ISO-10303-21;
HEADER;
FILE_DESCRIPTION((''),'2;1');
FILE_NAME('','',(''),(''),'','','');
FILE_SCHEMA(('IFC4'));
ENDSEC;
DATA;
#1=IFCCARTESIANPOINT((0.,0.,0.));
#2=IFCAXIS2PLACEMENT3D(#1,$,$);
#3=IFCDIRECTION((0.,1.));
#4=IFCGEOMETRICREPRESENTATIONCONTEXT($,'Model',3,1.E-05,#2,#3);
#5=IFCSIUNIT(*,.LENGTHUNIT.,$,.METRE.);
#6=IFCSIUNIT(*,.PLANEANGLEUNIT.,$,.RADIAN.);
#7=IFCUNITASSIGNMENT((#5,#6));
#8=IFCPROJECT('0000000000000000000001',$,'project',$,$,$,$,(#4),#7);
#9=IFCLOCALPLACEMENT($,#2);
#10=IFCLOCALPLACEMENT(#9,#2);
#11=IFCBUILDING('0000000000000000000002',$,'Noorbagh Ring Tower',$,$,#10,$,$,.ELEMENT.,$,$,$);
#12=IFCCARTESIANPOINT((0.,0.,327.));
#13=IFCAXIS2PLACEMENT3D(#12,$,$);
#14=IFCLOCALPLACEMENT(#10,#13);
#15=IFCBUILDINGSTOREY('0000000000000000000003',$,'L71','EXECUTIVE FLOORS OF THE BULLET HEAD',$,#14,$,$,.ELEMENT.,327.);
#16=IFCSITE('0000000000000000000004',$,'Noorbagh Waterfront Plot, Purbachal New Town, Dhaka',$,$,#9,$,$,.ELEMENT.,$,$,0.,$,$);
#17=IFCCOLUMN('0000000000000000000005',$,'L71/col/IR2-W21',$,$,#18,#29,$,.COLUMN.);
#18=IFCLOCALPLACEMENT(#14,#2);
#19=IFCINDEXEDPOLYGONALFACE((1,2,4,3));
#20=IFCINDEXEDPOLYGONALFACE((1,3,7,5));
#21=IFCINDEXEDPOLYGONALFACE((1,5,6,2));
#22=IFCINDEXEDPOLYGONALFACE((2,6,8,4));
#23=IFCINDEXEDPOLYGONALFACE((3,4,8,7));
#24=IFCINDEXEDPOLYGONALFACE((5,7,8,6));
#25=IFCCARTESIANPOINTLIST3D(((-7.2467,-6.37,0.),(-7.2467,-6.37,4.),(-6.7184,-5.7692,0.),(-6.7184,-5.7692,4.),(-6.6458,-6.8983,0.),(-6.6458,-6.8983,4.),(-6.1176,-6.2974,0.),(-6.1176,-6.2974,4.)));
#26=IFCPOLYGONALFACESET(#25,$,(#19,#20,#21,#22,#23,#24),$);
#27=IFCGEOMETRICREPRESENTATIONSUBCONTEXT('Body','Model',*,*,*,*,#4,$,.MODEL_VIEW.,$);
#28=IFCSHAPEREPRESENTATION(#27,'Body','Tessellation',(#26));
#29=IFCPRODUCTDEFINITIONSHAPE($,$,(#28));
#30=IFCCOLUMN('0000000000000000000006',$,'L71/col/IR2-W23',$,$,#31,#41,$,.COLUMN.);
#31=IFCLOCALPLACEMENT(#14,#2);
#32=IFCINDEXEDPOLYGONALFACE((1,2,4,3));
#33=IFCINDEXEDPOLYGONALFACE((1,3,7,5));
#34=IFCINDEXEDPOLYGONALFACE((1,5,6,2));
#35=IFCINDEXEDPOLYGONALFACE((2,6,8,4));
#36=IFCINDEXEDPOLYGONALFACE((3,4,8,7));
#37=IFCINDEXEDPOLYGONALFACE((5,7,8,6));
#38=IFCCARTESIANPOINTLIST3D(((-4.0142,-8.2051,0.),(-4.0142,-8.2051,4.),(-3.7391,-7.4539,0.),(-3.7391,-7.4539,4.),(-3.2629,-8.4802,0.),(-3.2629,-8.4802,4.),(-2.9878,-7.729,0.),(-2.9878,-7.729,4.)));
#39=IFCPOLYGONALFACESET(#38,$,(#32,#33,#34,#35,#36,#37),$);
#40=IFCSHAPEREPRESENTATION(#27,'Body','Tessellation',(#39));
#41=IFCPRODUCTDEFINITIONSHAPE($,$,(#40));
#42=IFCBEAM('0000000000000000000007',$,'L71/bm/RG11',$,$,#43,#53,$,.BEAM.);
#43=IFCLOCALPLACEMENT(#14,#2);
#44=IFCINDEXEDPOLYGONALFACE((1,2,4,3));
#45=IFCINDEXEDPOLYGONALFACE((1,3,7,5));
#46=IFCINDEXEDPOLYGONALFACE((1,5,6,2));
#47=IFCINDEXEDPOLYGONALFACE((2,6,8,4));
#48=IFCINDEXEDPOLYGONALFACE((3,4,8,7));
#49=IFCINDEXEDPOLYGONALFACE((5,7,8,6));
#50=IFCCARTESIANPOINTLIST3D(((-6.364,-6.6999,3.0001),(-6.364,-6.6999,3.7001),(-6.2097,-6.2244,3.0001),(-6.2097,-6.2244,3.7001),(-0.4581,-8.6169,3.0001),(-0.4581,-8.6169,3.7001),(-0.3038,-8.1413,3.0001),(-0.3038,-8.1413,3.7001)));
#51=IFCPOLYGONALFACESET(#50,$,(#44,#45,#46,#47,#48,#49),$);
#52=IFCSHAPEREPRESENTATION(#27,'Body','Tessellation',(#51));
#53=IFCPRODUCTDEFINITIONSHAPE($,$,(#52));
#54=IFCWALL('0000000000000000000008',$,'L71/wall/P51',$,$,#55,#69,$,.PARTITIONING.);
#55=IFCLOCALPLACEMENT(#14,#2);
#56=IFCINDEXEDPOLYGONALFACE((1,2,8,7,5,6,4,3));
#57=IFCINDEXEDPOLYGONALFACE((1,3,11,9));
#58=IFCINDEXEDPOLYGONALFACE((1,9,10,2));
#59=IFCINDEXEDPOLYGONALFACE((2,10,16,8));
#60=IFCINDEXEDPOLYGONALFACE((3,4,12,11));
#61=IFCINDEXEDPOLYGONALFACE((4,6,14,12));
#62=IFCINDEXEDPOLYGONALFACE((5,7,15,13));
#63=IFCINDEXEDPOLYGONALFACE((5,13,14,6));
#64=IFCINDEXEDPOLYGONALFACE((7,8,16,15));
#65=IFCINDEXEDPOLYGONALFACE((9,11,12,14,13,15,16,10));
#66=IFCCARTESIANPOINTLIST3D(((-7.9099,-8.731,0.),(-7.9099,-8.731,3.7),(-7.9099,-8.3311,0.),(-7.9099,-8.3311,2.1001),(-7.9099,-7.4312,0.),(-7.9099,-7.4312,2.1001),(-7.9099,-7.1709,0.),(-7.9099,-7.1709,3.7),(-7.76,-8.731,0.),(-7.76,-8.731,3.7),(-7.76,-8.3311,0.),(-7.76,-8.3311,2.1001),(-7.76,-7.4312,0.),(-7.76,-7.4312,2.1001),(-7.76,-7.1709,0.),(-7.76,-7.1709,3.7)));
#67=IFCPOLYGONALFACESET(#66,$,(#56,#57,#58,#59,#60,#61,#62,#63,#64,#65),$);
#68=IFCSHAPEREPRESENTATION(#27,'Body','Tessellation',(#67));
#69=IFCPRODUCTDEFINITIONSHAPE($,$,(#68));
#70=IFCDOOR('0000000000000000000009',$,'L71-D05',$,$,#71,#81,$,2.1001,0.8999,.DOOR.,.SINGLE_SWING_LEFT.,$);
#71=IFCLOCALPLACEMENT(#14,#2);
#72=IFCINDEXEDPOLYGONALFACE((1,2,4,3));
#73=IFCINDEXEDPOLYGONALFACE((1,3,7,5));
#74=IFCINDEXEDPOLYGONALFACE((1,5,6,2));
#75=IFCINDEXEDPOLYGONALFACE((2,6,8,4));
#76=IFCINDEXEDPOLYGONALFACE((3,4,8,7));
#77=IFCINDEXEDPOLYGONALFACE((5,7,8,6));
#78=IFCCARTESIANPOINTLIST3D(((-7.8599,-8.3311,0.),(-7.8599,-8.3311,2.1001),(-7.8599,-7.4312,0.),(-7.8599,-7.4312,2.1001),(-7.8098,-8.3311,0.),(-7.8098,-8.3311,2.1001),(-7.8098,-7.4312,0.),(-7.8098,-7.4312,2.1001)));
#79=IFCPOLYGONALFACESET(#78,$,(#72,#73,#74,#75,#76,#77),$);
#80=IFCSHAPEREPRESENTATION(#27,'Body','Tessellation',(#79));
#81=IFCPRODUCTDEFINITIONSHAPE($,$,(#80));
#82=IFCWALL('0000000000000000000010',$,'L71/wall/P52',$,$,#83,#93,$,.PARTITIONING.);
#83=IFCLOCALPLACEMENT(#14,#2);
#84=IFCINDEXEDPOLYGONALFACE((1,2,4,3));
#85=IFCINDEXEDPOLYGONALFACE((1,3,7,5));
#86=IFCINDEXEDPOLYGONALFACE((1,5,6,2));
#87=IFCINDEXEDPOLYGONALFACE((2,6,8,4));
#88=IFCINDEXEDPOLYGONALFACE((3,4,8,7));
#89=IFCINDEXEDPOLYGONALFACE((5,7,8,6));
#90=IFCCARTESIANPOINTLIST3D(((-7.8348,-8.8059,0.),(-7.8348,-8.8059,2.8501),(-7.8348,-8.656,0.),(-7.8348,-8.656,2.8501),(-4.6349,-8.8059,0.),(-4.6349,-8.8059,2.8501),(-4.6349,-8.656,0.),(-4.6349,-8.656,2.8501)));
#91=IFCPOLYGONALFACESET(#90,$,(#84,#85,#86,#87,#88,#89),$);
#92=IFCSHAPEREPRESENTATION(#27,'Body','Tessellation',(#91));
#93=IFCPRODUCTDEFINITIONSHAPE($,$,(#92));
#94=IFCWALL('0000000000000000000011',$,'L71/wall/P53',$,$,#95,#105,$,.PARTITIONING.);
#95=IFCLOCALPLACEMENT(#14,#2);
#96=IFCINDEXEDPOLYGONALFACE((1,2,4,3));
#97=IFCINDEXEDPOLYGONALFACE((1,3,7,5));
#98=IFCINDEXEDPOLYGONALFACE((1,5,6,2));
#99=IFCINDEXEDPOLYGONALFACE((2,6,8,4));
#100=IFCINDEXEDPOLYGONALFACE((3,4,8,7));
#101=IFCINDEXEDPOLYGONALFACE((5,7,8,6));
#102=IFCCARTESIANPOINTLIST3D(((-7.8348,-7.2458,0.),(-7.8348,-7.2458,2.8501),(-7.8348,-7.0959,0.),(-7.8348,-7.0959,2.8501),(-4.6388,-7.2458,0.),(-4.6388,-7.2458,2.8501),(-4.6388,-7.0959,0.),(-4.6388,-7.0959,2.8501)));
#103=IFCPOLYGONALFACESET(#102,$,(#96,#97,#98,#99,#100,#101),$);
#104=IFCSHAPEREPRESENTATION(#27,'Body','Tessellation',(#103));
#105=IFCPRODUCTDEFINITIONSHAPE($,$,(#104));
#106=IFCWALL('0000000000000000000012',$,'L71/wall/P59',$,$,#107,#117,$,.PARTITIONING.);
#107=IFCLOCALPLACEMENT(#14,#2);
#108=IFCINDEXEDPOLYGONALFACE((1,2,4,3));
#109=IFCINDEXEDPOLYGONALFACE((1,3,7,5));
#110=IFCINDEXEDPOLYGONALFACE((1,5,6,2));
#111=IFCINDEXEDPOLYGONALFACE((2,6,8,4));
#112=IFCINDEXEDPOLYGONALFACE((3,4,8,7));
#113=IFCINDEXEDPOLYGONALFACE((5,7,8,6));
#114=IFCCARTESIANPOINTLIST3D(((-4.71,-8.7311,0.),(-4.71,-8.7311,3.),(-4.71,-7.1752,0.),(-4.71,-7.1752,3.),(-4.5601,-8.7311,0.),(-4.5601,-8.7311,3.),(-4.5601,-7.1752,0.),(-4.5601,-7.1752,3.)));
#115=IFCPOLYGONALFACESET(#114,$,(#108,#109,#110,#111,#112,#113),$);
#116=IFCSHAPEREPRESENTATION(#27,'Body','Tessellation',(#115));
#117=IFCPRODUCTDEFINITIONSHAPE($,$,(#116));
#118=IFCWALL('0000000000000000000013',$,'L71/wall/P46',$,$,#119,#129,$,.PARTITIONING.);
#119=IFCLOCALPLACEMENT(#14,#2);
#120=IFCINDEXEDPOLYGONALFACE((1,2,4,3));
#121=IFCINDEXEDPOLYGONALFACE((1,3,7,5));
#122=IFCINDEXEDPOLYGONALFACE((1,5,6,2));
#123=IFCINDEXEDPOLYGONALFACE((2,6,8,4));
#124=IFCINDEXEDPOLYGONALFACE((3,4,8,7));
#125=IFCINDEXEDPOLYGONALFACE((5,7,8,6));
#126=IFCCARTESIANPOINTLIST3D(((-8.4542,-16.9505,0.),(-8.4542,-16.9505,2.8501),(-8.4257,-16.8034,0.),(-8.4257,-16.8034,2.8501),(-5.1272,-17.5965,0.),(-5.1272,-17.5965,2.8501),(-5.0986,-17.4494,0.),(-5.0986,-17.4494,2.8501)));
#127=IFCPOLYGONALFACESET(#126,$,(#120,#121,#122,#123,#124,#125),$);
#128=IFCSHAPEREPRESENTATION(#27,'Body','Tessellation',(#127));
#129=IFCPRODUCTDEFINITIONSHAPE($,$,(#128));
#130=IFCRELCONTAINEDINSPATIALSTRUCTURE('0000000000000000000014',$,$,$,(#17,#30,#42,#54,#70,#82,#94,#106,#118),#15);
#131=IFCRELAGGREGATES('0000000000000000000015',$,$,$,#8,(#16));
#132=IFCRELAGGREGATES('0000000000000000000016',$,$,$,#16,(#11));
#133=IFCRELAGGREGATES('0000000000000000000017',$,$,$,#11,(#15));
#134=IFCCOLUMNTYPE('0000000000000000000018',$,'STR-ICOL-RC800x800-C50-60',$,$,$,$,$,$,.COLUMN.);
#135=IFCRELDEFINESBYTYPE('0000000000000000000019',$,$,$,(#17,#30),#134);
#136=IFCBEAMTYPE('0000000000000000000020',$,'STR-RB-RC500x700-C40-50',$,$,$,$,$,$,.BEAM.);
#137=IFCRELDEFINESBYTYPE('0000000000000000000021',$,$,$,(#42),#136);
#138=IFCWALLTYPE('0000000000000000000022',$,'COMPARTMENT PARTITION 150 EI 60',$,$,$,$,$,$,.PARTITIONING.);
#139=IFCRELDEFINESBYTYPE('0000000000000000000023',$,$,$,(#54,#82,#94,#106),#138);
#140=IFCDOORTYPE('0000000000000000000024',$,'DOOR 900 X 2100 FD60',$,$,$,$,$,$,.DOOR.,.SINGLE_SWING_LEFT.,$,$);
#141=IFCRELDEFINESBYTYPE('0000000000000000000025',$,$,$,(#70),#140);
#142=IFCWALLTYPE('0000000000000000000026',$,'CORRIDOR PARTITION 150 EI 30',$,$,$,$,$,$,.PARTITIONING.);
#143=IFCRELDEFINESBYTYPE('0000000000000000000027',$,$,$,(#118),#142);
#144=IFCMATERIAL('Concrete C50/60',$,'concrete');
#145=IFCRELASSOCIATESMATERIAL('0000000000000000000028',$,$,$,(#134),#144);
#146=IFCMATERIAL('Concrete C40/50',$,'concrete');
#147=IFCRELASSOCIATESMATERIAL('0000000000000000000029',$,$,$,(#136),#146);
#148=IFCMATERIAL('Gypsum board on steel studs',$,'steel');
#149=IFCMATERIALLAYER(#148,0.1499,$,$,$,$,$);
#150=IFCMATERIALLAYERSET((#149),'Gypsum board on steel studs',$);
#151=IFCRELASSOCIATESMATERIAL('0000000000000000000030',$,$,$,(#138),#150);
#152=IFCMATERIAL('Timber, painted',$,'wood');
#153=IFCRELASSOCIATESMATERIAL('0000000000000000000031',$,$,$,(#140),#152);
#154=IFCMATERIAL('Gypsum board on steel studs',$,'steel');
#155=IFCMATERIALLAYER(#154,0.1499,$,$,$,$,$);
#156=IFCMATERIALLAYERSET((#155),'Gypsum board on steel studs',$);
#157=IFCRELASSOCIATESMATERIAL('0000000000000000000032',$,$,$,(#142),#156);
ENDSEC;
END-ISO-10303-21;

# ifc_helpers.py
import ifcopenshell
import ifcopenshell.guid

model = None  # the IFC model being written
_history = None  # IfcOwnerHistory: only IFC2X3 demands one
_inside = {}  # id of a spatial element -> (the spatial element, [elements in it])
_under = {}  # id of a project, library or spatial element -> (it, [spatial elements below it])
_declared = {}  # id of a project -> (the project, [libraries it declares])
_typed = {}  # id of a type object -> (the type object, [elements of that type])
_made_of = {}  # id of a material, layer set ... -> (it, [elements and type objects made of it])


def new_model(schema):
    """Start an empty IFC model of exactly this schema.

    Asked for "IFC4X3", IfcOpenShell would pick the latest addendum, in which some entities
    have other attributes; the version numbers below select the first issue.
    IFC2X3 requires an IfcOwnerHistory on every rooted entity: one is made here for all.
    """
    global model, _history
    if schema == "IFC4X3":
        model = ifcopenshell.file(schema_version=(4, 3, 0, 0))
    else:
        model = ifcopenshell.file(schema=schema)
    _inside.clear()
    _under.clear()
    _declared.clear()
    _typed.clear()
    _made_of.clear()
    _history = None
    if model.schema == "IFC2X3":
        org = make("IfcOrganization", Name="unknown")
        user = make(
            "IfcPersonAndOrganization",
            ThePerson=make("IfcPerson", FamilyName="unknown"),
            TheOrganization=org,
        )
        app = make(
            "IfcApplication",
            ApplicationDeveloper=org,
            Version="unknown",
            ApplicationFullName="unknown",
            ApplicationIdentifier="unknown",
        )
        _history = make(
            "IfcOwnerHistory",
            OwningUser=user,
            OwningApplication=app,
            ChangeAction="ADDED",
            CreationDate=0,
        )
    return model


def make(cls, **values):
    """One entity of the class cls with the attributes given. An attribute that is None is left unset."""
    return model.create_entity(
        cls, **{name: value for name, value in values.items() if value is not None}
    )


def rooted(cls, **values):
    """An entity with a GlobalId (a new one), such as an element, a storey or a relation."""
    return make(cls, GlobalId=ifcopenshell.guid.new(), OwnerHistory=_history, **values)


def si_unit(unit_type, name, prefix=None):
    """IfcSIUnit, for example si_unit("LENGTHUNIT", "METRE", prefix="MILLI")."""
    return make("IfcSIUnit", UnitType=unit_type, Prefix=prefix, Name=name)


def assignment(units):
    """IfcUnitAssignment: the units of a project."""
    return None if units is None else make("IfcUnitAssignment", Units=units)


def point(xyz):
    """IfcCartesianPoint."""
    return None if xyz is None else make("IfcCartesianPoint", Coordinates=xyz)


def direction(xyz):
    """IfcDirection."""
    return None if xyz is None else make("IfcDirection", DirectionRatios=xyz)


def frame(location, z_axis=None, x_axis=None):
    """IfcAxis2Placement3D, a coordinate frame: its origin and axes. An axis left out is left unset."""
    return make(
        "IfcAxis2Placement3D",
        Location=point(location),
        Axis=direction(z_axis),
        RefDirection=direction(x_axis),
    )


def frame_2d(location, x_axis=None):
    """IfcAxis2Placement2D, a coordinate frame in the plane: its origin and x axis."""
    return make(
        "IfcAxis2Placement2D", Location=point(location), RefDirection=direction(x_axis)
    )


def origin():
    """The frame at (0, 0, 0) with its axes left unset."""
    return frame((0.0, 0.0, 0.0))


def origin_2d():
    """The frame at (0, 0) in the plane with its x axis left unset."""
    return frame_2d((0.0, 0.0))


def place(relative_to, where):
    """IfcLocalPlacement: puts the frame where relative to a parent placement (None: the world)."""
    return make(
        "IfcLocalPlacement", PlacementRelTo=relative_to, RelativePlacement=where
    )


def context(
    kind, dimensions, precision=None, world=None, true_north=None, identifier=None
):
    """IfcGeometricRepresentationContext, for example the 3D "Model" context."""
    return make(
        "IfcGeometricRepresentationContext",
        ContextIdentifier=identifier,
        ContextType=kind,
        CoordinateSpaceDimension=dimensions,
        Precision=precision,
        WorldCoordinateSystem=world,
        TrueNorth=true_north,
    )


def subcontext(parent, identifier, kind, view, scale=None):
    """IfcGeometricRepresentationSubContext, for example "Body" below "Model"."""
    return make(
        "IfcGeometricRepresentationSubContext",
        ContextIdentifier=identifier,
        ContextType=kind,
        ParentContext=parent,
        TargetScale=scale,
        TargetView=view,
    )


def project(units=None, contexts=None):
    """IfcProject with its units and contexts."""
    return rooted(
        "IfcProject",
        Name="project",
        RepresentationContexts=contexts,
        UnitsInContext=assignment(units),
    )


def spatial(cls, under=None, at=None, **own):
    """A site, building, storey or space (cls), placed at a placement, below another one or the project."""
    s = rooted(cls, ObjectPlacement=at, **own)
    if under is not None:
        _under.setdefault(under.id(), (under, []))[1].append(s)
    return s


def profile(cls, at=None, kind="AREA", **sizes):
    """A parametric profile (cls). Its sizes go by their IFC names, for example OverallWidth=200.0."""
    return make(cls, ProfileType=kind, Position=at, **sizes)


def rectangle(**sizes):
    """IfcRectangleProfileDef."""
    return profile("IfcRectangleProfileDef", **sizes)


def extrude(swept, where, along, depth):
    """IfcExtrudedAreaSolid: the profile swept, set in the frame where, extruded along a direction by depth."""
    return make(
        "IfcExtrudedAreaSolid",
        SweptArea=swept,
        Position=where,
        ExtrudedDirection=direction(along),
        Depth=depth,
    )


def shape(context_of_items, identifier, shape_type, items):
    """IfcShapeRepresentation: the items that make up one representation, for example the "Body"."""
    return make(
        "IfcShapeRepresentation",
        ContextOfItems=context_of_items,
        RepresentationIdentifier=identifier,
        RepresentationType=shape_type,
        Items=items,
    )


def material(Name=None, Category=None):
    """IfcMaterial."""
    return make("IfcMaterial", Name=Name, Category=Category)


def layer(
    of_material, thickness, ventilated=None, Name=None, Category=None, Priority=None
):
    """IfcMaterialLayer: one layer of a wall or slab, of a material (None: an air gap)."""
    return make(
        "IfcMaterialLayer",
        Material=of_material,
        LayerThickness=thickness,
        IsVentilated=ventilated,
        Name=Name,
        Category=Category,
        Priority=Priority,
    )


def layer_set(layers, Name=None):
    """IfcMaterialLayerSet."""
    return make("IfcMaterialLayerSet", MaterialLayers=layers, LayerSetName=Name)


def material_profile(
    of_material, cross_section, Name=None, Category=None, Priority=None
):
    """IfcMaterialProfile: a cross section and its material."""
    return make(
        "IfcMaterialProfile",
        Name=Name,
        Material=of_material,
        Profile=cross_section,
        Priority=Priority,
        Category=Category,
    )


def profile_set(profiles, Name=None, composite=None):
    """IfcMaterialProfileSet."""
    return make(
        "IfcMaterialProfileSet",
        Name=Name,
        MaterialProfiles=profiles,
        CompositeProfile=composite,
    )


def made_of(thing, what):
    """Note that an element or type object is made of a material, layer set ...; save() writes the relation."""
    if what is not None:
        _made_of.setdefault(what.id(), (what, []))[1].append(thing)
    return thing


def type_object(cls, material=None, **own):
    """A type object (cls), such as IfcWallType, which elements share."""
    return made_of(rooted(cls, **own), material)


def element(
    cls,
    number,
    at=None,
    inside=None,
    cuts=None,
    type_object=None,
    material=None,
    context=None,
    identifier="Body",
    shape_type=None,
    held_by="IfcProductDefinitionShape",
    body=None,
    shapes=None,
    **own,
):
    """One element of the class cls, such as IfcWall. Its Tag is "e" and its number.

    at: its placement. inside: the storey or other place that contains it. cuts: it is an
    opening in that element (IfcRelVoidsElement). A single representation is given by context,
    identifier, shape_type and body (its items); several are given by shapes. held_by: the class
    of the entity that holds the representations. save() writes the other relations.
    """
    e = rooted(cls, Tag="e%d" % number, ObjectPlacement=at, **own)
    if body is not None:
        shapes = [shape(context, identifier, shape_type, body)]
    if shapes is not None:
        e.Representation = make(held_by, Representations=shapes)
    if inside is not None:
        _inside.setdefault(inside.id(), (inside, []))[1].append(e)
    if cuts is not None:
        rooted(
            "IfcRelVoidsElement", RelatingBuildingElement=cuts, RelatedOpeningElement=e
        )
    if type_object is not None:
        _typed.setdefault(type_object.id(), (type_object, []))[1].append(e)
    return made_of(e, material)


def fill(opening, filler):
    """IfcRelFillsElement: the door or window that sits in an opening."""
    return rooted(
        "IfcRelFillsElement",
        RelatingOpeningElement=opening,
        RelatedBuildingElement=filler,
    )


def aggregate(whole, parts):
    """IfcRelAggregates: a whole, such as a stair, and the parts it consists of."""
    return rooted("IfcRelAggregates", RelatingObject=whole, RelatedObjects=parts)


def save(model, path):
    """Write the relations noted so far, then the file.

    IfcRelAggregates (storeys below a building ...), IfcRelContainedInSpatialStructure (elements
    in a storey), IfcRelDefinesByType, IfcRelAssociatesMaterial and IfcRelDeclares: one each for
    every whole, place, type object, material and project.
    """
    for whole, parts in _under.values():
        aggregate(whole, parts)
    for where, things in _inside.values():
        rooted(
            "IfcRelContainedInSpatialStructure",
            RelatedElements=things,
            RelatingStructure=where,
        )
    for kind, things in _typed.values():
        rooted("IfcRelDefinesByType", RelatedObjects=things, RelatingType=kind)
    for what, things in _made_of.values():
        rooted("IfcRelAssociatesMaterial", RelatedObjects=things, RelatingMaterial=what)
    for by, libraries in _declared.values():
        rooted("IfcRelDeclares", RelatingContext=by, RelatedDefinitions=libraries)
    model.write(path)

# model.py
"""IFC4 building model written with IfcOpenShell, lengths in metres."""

from ifc_helpers import new_model, si_unit, direction, frame, frame_2d, origin, origin_2d, place, context, subcontext, project, spatial, rectangle, extrude, material, layer, layer_set, material_profile, profile_set, type_object, element, fill, save


model = new_model("IFC4")

# Units and contexts
model_context = context("Model", 3, precision=1e-05, world=origin(), true_north=direction((0.0, 1.0)))
body_context = subcontext(model_context, "Body", "Model", "MODEL_VIEW")
ifc_project = project(units=[si_unit("LENGTHUNIT", "METRE"), si_unit("PLANEANGLEUNIT", "RADIAN")], contexts=[model_context])

# Site, building, storey
site_placement = place(None, origin())
site = spatial("IfcSite", under=ifc_project, at=site_placement, Name="Noorbagh Waterfront Plot, Purbachal New Town, Dhaka", CompositionType="ELEMENT", RefElevation=0.0)
building_placement = place(site_placement, origin())
building = spatial("IfcBuilding", under=site, at=building_placement, Name="Noorbagh Ring Tower", CompositionType="ELEMENT")
storey_placement = place(building_placement, frame((0.0, 0.0, 327.0)))
storey = spatial("IfcBuildingStorey", under=building, at=storey_placement, Name="L71", Description="EXECUTIVE FLOORS OF THE BULLET HEAD", CompositionType="ELEMENT", Elevation=327.0)

# Columns
ifc_material_1 = material(Name="Concrete C50/60", Category="concrete")
ifc_material_profile_1 = material_profile(ifc_material_1, rectangle(XDim=0.8, YDim=0.8, at=origin_2d()), Name="RC800x800")
ifc_profile_set_1 = profile_set([ifc_material_profile_1], Name="Concrete C50/60")
column_type = type_object("IfcColumnType", Name="STR-ICOL-RC800x800-C50-60", PredefinedType="COLUMN", material=ifc_profile_set_1)
for number, where, z_axis, x_axis, name in (
    (1, (-6.6821, -6.3337, 0.0), (0.0, 0.0, 1.0), (0.751022, -0.660277, 0.0), "L71/col/IR2-W21"),
    (2, (-3.501, -7.967, 0.0), (0.0, 0.0, 1.0), (0.93902, -0.343864, 0.0), "L71/col/IR2-W23"),
):
    element("IfcColumn", number, at=place(storey_placement, frame(where, z_axis=z_axis, x_axis=x_axis)), inside=storey, type_object=column_type, Name=name, PredefinedType="COLUMN", context=body_context, shape_type="SweptSolid", body=[
        extrude(rectangle(XDim=0.8, YDim=0.8, at=origin_2d()), origin(), (0.0, 0.0, 1.0), 4.0),
    ])

# Beam
ifc_material_2 = material(Name="Concrete C40/50", Category="concrete")
ifc_material_profile_2 = material_profile(ifc_material_2, rectangle(XDim=0.5, YDim=0.7, at=origin_2d()), Name="RC500x700")
ifc_profile_set_2 = profile_set([ifc_material_profile_2], Name="Concrete C40/50")
beam_type = type_object("IfcBeamType", Name="STR-RB-RC500x700-C40-50", PredefinedType="BEAM", material=ifc_profile_set_2)
beam_placement = place(storey_placement, frame((-6.2869, -6.4622, 3.3501), z_axis=(0.95115, -0.308728, 0.0), x_axis=(0.308728, 0.95115, 0.0)))
element("IfcBeam", 3, at=beam_placement, inside=storey, type_object=beam_type, Name="L71/bm/RG11", PredefinedType="BEAM", context=body_context, shape_type="SweptSolid", body=[
    extrude(rectangle(XDim=0.5, YDim=0.7, at=origin_2d()), origin(), (0.0, 0.0, 1.0), 6.2092),
])

# Wall, opening, door
ifc_material_3 = material(Name="Gypsum board on steel studs", Category="steel")
ifc_layer_1 = layer(ifc_material_3, 0.1499)
ifc_layer_set_1 = layer_set([ifc_layer_1], Name="Gypsum board on steel studs")
wall_type_1 = type_object("IfcWallType", Name="COMPARTMENT PARTITION 150 EI 60", PredefinedType="PARTITIONING", material=ifc_layer_set_1)
wall_1_placement = place(storey_placement, frame((-7.835, -8.731, 0.0), z_axis=(0.0, 0.0, 1.0), x_axis=(0.0, 1.0, 0.0)))
wall_1 = element("IfcWall", 4, at=wall_1_placement, inside=storey, type_object=wall_type_1, Name="L71/wall/P51", PredefinedType="PARTITIONING", context=body_context, shape_type="SweptSolid", body=[
    extrude(rectangle(XDim=1.5601, YDim=0.1499, at=frame_2d((0.78, 0.0))), origin(), (0.0, 0.0, 1.0), 3.7),
])
opening_1_placement = place(wall_1_placement, frame((0.3999, 0.0, 0.0)))
opening_1 = element("IfcOpeningElement", 5, at=opening_1_placement, cuts=wall_1, PredefinedType="OPENING", context=body_context, shape_type="SweptSolid", body=[
    extrude(rectangle(XDim=0.8999, YDim=2.1001, at=frame_2d((0.45, 1.05))), frame((0.0, 0.085, 0.0), z_axis=(0.0, -1.0, 0.0), x_axis=(1.0, 0.0, 0.0)), (0.0, 0.0, 1.0), 0.1699),
])
ifc_material_4 = material(Name="Timber, painted", Category="wood")
door_type_1 = type_object("IfcDoorType", Name="DOOR 900 X 2100 FD60", OperationType="SINGLE_SWING_LEFT", PredefinedType="DOOR", material=ifc_material_4)
door_1_placement = place(opening_1_placement, origin())
door_1 = element("IfcDoor", 6, at=door_1_placement, inside=storey, type_object=door_type_1, Name="L71-D05", OperationType="SINGLE_SWING_LEFT", OverallHeight=2.1001, OverallWidth=0.8999, PredefinedType="DOOR", context=body_context, shape_type="SweptSolid", body=[
    extrude(rectangle(XDim=0.8999, YDim=2.1001, at=frame_2d((0.45, 1.05))), frame((0.0, 0.0249, 0.0), z_axis=(0.0, -1.0, 0.0), x_axis=(1.0, 0.0, 0.0)), (0.0, 0.0, 1.0), 0.05),
])
fill(opening_1, door_1)

# Walls
wall_2_placement = place(storey_placement, frame((-7.835, -8.731, 0.0), z_axis=(0.0, 0.0, 1.0), x_axis=(1.0, 0.0, 0.0)))
element("IfcWall", 7, at=wall_2_placement, inside=storey, type_object=wall_type_1, Name="L71/wall/P52", PredefinedType="PARTITIONING", context=body_context, shape_type="SweptSolid", body=[
    extrude(rectangle(XDim=3.2, YDim=0.1499, at=frame_2d((1.6001, 0.0))), origin(), (0.0, 0.0, 1.0), 2.8501),
])
wall_3_placement = place(storey_placement, frame((-7.835, -7.1709, 0.0), z_axis=(0.0, 0.0, 1.0), x_axis=(1.0, 0.0, 0.0)))
element("IfcWall", 8, at=wall_3_placement, inside=storey, type_object=wall_type_1, Name="L71/wall/P53", PredefinedType="PARTITIONING", context=body_context, shape_type="SweptSolid", body=[
    extrude(rectangle(XDim=3.196, YDim=0.1499, at=frame_2d((1.5981, 0.0))), origin(), (0.0, 0.0, 1.0), 2.8501),
])
wall_4_placement = place(storey_placement, frame((-4.635, -8.731, 0.0), z_axis=(0.0, 0.0, 1.0), x_axis=(0.0, 1.0, 0.0)))
element("IfcWall", 9, at=wall_4_placement, inside=storey, type_object=wall_type_1, Name="L71/wall/P59", PredefinedType="PARTITIONING", context=body_context, shape_type="SweptSolid", body=[
    extrude(rectangle(XDim=1.5559, YDim=0.1499, at=frame_2d((0.7778, 0.0))), origin(), (0.0, 0.0, 1.0), 3.0),
])
ifc_material_5 = material(Name="Gypsum board on steel studs", Category="steel")
ifc_layer_2 = layer(ifc_material_5, 0.1499)
ifc_layer_set_2 = layer_set([ifc_layer_2], Name="Gypsum board on steel studs")
wall_type_2 = type_object("IfcWallType", Name="CORRIDOR PARTITION 150 EI 30", PredefinedType="PARTITIONING", material=ifc_layer_set_2)
wall_5_placement = place(storey_placement, frame((-8.4399, -16.877, 0.0), z_axis=(0.0, 0.0, 1.0), x_axis=(0.981665, -0.190613, 0.0)))
element("IfcWall", 10, at=wall_5_placement, inside=storey, type_object=wall_type_2, Name="L71/wall/P46", PredefinedType="PARTITIONING", context=body_context, shape_type="SweptSolid", body=[
    extrude(rectangle(XDim=3.3892, YDim=0.1499, at=frame_2d((1.6946, 0.0))), origin(), (0.0, 0.0, 1.0), 2.8501),
])

save(model, "model.ifc")
